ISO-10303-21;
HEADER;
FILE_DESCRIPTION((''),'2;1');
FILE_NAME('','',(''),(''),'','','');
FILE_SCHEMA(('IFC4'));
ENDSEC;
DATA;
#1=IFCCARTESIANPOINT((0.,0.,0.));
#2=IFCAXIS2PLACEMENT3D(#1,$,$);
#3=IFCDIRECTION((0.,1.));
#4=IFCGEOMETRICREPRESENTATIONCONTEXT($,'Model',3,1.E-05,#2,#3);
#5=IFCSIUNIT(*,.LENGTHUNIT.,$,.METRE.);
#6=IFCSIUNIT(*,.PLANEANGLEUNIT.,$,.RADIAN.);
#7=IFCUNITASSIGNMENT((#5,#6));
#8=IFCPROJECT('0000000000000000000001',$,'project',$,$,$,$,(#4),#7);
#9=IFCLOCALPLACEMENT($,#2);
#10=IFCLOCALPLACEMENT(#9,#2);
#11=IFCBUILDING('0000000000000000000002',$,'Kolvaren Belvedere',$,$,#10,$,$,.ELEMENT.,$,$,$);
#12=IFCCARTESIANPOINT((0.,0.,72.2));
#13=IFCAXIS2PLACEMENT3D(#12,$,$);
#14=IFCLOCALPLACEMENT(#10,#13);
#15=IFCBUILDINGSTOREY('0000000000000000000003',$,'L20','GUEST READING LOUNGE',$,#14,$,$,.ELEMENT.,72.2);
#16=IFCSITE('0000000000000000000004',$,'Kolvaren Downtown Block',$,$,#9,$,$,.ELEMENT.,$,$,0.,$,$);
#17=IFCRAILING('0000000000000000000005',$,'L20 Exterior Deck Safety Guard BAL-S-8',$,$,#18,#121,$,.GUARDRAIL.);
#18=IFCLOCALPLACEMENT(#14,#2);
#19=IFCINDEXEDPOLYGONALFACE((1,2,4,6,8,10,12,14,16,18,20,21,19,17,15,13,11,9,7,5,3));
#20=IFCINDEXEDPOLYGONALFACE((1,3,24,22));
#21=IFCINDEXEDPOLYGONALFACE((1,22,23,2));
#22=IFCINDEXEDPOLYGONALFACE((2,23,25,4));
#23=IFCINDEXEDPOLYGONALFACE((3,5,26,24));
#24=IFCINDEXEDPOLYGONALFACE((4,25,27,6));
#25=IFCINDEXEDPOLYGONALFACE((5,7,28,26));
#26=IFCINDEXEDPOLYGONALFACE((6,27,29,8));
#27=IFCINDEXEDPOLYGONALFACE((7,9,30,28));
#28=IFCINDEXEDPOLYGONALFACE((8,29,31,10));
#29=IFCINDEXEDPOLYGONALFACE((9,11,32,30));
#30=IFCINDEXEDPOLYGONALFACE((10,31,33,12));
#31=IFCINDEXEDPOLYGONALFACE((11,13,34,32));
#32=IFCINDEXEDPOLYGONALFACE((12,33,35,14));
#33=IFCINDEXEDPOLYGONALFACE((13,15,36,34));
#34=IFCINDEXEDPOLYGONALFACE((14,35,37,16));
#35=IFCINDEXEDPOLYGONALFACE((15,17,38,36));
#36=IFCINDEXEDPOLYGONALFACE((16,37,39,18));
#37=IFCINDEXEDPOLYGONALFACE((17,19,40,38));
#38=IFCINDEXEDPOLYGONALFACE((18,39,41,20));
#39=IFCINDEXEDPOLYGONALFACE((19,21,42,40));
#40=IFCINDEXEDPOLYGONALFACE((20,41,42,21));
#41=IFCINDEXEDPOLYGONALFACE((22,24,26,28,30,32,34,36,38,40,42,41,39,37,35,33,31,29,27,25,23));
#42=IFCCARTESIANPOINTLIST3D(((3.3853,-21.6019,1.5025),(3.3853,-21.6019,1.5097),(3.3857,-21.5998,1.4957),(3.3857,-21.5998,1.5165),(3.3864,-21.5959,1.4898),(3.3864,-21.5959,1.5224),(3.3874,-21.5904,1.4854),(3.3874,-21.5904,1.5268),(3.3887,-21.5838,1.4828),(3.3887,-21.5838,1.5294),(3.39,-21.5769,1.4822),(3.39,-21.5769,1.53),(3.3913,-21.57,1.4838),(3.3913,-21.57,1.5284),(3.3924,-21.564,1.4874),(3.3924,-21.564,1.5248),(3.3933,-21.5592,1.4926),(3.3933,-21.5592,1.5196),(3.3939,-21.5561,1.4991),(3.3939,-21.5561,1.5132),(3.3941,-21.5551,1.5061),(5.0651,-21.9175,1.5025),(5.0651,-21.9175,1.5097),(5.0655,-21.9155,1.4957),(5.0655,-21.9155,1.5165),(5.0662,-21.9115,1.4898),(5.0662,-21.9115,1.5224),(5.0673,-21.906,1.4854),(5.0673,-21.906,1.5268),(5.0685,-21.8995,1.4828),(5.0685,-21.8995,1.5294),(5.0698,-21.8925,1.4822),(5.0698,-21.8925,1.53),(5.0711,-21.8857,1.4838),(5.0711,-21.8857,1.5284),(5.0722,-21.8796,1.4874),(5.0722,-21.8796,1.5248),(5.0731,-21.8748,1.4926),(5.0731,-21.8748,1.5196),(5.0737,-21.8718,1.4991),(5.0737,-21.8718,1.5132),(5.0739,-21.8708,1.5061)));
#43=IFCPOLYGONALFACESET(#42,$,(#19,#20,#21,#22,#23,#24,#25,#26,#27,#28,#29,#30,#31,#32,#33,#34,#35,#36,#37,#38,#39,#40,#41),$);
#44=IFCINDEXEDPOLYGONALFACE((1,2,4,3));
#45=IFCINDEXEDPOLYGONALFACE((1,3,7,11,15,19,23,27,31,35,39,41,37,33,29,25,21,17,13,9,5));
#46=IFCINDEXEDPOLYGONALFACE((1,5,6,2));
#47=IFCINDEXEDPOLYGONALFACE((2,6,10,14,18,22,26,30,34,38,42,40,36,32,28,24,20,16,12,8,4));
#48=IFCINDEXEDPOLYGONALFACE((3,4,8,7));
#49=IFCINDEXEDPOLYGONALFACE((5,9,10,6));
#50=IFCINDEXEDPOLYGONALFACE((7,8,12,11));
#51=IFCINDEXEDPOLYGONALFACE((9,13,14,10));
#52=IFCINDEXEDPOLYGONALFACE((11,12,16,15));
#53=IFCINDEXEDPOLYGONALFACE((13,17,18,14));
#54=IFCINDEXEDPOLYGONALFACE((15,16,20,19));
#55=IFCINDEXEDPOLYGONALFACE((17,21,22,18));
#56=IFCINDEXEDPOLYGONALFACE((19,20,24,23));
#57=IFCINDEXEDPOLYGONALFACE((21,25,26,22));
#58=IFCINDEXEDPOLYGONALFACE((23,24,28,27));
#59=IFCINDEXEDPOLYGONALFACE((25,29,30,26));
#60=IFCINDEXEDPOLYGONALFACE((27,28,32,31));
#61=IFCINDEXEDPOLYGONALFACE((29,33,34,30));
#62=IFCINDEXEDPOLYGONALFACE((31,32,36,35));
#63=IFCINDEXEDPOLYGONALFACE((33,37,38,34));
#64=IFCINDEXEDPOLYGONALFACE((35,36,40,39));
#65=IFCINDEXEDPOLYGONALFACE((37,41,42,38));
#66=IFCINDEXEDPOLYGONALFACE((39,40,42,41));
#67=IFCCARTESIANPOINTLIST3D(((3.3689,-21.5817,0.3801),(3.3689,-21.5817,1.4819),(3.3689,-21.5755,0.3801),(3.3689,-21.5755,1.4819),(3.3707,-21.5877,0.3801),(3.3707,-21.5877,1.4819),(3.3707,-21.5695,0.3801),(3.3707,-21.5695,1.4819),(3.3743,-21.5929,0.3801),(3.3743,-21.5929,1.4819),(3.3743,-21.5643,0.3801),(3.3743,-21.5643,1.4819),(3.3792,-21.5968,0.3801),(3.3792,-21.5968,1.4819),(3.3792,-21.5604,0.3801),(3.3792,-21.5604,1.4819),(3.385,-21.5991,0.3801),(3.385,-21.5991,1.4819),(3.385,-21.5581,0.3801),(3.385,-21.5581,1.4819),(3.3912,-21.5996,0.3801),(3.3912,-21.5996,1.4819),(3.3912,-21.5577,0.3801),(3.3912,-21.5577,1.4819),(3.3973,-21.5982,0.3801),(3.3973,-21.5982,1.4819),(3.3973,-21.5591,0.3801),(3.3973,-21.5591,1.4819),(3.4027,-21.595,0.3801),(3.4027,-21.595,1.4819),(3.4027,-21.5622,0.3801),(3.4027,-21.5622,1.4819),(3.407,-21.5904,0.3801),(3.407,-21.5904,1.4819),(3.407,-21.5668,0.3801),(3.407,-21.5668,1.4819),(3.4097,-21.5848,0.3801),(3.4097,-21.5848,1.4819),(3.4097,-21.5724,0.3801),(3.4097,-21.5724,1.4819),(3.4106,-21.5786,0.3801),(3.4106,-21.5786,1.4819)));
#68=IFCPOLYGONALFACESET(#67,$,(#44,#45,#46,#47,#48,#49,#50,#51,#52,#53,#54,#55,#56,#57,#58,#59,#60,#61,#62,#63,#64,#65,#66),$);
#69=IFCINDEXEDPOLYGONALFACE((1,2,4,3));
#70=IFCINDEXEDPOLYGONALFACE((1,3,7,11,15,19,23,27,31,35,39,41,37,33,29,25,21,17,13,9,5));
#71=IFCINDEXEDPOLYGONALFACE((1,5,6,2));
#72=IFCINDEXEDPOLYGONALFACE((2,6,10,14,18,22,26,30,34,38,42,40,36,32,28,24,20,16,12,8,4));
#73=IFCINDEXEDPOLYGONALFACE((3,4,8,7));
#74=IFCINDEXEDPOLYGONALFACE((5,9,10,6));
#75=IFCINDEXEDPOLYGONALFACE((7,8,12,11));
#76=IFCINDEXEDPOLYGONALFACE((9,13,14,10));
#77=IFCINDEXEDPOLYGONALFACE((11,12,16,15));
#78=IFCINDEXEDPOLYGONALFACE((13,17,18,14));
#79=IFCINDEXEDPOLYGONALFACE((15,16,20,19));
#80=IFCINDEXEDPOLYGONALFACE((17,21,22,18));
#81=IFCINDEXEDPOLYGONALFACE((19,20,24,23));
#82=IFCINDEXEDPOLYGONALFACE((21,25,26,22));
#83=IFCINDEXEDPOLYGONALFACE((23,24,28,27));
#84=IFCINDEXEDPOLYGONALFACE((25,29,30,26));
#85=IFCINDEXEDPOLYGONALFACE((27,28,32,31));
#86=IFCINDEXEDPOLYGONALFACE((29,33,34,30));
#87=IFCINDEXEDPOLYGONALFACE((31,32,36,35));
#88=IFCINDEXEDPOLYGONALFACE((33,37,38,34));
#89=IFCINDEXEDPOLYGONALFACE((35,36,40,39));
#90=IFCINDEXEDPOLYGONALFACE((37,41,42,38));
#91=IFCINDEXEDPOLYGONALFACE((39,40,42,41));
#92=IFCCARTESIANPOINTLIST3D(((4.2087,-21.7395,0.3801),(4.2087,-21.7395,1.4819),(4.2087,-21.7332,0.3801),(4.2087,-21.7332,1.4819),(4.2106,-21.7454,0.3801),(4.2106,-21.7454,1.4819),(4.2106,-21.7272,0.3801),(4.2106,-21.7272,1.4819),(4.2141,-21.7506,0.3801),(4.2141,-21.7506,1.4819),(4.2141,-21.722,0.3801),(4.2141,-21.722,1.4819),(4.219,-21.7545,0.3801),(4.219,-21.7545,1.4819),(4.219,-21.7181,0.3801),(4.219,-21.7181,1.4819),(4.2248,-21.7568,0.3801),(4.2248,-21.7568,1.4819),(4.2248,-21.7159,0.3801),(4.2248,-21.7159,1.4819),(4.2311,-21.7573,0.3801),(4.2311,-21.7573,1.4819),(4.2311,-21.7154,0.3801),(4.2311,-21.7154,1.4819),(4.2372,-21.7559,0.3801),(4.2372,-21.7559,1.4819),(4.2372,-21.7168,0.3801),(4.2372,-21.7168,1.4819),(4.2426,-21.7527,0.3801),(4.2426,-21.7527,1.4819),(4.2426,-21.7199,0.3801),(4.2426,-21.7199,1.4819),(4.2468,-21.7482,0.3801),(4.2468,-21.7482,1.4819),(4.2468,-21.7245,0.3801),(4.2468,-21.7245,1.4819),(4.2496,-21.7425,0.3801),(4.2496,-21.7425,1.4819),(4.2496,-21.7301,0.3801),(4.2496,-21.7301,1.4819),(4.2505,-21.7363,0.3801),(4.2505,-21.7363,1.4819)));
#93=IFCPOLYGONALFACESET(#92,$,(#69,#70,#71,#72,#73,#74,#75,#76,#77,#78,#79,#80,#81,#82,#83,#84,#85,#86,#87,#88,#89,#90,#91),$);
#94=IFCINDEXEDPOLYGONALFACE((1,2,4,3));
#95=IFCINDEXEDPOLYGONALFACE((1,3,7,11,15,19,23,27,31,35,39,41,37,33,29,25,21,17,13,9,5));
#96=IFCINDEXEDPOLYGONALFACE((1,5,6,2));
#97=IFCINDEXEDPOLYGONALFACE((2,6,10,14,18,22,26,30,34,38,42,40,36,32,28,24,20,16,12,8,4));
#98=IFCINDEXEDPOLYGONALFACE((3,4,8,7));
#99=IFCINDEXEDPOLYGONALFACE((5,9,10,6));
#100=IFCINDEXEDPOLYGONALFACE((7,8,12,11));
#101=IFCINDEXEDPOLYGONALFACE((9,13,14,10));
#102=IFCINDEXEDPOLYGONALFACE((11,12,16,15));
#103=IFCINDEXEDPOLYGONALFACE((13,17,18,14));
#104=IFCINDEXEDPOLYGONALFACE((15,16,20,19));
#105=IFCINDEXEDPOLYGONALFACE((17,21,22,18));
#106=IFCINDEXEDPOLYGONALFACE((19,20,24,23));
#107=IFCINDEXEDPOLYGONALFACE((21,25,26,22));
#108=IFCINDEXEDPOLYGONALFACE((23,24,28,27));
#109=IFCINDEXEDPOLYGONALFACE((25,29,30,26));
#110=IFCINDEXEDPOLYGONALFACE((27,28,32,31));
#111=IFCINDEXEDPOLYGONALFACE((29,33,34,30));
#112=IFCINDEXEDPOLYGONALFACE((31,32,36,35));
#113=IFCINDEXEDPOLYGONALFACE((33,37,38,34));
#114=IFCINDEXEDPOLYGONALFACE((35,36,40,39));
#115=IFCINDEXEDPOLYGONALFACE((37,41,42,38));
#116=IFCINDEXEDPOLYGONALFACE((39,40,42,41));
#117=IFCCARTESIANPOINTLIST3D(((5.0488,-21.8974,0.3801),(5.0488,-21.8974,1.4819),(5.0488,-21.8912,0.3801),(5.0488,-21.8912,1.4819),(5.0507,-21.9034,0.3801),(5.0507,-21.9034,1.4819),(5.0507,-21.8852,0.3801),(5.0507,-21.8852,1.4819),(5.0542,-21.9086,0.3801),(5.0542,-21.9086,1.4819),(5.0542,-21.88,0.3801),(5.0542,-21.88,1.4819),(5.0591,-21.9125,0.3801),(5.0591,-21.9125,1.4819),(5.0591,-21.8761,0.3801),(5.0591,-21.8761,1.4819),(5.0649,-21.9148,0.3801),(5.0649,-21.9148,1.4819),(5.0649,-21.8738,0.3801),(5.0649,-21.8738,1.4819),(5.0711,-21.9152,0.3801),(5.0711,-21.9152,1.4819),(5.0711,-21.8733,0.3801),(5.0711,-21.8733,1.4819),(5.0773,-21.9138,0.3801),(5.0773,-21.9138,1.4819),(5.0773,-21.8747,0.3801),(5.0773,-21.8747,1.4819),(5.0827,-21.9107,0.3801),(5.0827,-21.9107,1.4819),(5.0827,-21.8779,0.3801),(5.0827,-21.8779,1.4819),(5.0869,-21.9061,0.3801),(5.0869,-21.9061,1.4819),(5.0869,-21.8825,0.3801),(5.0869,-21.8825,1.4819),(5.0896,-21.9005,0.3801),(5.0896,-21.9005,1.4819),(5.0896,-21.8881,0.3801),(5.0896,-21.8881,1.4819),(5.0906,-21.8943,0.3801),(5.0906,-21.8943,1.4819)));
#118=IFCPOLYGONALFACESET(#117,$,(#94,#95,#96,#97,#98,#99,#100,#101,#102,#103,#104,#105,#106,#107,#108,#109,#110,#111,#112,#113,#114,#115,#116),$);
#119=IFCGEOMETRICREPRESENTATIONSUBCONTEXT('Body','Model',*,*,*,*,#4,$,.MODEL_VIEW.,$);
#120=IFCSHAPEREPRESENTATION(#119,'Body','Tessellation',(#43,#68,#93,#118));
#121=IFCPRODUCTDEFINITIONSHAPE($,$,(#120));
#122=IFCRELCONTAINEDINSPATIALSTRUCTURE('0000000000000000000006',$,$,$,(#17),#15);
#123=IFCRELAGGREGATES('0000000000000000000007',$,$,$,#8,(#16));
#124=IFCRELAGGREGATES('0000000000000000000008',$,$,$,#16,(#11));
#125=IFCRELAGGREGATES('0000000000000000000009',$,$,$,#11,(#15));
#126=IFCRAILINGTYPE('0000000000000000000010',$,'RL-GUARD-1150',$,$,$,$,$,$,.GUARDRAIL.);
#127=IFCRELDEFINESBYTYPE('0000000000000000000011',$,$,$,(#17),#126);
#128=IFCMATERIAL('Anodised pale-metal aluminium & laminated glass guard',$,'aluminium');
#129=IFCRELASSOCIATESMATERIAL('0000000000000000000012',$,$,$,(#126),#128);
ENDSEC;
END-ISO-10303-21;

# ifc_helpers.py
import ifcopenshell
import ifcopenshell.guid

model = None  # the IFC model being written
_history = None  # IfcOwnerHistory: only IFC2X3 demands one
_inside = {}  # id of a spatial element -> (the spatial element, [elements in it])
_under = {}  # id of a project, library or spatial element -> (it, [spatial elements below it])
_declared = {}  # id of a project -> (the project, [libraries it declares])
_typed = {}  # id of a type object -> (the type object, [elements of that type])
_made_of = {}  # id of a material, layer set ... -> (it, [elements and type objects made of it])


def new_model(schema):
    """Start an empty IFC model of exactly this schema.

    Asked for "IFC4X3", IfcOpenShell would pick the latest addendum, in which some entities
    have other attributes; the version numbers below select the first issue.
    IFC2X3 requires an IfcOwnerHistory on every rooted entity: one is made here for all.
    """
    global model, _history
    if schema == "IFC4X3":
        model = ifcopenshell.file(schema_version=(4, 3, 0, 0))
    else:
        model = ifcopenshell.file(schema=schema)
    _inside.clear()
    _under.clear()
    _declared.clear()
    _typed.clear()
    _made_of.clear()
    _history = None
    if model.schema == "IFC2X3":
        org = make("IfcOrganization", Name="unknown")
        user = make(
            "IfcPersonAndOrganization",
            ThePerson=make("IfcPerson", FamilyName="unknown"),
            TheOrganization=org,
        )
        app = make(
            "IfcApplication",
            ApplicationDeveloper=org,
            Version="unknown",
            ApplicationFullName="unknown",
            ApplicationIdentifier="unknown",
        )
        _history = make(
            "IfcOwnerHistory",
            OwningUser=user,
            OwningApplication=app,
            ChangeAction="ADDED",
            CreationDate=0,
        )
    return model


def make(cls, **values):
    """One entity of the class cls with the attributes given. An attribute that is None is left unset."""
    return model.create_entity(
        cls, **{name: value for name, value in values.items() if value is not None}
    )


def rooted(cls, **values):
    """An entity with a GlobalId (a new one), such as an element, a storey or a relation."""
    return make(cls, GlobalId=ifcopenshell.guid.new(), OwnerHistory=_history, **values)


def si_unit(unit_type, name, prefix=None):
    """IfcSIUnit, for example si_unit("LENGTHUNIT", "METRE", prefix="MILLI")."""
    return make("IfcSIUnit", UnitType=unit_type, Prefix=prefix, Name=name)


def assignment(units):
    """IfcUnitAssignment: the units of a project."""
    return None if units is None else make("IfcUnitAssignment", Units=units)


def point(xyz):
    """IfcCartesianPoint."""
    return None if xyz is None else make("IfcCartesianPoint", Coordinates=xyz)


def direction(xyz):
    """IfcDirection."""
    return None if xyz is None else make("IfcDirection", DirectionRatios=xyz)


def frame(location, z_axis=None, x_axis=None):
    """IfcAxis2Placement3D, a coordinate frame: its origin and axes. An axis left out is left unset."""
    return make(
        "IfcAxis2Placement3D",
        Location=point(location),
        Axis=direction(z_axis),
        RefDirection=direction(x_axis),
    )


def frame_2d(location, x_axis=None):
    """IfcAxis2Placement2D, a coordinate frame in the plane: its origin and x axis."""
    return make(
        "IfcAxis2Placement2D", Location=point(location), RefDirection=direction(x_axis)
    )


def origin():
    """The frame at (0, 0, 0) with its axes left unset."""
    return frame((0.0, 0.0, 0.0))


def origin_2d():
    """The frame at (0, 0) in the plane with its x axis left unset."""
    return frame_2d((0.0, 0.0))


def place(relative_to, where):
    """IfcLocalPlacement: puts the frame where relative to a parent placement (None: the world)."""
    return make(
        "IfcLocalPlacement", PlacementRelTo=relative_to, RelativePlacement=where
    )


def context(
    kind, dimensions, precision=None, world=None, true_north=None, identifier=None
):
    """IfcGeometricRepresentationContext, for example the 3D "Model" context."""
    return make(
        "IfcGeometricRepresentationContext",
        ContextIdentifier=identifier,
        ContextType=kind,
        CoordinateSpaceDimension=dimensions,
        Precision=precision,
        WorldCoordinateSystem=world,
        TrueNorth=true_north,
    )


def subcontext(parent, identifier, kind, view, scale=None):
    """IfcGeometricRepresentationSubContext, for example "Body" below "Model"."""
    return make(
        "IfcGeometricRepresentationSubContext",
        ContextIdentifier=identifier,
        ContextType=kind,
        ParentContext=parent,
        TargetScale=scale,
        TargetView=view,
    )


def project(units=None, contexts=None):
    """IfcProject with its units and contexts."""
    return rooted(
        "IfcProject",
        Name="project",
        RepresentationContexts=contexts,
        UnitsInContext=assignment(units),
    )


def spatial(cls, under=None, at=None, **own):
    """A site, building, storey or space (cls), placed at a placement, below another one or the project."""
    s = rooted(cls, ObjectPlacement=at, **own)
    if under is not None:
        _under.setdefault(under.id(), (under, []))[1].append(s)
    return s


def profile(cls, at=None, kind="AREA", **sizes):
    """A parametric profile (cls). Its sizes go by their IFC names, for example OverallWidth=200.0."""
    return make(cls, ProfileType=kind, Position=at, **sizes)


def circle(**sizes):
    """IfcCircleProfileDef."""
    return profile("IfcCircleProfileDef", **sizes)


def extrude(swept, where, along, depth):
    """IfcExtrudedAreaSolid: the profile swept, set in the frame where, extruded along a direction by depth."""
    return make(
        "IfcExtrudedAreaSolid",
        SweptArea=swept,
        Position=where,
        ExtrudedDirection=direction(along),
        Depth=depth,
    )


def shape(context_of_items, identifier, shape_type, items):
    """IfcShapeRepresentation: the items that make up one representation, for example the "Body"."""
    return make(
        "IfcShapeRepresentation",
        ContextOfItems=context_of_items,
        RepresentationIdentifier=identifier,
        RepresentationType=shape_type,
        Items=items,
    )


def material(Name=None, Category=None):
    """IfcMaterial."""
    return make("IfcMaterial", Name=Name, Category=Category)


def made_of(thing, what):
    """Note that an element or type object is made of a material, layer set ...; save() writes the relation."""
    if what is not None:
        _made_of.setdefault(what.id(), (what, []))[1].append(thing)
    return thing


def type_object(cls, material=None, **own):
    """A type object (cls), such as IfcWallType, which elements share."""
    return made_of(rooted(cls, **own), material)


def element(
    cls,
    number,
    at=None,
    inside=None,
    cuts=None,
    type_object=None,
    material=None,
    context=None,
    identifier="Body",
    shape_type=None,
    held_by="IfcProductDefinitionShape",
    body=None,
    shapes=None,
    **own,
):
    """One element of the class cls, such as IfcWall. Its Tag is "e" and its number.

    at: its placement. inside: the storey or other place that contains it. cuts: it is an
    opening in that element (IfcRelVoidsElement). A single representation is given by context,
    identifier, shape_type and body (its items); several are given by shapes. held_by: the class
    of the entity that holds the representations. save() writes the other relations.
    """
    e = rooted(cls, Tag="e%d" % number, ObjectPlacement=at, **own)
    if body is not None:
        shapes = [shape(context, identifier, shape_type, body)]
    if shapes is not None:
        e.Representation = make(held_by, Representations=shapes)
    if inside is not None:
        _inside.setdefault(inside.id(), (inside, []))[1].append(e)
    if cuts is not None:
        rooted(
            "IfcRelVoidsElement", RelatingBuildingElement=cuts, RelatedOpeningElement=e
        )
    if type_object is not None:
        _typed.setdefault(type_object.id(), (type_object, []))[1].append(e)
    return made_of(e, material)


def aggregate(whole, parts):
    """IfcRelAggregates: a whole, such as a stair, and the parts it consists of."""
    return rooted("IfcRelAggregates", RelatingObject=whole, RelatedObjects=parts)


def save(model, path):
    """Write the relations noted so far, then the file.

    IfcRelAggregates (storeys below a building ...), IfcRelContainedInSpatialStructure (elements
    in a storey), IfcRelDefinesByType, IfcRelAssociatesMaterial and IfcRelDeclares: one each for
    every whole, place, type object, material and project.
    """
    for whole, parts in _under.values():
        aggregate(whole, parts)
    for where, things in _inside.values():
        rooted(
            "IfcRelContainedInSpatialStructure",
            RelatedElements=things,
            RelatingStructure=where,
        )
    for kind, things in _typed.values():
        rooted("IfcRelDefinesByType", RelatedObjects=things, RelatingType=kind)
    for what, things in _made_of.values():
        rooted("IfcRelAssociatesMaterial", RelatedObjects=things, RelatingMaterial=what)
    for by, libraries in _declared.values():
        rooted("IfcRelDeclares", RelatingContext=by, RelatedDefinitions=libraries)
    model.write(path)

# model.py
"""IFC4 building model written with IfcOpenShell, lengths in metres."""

from ifc_helpers import new_model, si_unit, direction, frame, origin, origin_2d, place, context, subcontext, project, spatial, circle, extrude, material, type_object, element, save


model = new_model("IFC4")

# Units and contexts
model_context = context("Model", 3, precision=1e-05, world=origin(), true_north=direction((0.0, 1.0)))
body_context = subcontext(model_context, "Body", "Model", "MODEL_VIEW")
ifc_project = project(units=[si_unit("LENGTHUNIT", "METRE"), si_unit("PLANEANGLEUNIT", "RADIAN")], contexts=[model_context])

# Site, building, storey
site_placement = place(None, origin())
site = spatial("IfcSite", under=ifc_project, at=site_placement, Name="Kolvaren Downtown Block", CompositionType="ELEMENT", RefElevation=0.0)
building_placement = place(site_placement, origin())
building = spatial("IfcBuilding", under=site, at=building_placement, Name="Kolvaren Belvedere", CompositionType="ELEMENT")
storey_placement = place(building_placement, frame((0.0, 0.0, 72.2)))
storey = spatial("IfcBuildingStorey", under=building, at=storey_placement, Name="L20", Description="GUEST READING LOUNGE", CompositionType="ELEMENT", Elevation=72.2)

# Railing
ifc_material_1 = material(Name="Anodised pale-metal aluminium & laminated glass guard", Category="aluminium")
railing_type = type_object("IfcRailingType", Name="RL-GUARD-1150", PredefinedType="GUARDRAIL", material=ifc_material_1)
railing_1_placement = place(storey_placement, frame((3.3896, -21.5786, 0.3801)))
element("IfcRailing", 1, at=railing_1_placement, inside=storey, type_object=railing_type, Name="L20 Exterior Deck Safety Guard BAL-S-8", PredefinedType="GUARDRAIL", context=body_context, shape_type="SweptSolid", body=[
    extrude(circle(Radius=0.0239, at=origin_2d()), frame((0.0, 0.0, 1.126), z_axis=(0.982799, -0.184677, 0.0), x_axis=(0.184677, 0.982799, 0.0)), (0.0, 0.0, 1.0), 1.7092),
    extrude(circle(Radius=0.021, at=origin_2d()), origin(), (0.0, 0.0, 1.0), 1.1018),
    extrude(circle(Radius=0.021, at=origin_2d()), frame((0.8398, -0.1577, 0.0)), (0.0, 0.0, 1.0), 1.1018),
    extrude(circle(Radius=0.021, at=origin_2d()), frame((1.6799, -0.3157, 0.0)), (0.0, 0.0, 1.0), 1.1018),
])

save(model, "model.ifc")
